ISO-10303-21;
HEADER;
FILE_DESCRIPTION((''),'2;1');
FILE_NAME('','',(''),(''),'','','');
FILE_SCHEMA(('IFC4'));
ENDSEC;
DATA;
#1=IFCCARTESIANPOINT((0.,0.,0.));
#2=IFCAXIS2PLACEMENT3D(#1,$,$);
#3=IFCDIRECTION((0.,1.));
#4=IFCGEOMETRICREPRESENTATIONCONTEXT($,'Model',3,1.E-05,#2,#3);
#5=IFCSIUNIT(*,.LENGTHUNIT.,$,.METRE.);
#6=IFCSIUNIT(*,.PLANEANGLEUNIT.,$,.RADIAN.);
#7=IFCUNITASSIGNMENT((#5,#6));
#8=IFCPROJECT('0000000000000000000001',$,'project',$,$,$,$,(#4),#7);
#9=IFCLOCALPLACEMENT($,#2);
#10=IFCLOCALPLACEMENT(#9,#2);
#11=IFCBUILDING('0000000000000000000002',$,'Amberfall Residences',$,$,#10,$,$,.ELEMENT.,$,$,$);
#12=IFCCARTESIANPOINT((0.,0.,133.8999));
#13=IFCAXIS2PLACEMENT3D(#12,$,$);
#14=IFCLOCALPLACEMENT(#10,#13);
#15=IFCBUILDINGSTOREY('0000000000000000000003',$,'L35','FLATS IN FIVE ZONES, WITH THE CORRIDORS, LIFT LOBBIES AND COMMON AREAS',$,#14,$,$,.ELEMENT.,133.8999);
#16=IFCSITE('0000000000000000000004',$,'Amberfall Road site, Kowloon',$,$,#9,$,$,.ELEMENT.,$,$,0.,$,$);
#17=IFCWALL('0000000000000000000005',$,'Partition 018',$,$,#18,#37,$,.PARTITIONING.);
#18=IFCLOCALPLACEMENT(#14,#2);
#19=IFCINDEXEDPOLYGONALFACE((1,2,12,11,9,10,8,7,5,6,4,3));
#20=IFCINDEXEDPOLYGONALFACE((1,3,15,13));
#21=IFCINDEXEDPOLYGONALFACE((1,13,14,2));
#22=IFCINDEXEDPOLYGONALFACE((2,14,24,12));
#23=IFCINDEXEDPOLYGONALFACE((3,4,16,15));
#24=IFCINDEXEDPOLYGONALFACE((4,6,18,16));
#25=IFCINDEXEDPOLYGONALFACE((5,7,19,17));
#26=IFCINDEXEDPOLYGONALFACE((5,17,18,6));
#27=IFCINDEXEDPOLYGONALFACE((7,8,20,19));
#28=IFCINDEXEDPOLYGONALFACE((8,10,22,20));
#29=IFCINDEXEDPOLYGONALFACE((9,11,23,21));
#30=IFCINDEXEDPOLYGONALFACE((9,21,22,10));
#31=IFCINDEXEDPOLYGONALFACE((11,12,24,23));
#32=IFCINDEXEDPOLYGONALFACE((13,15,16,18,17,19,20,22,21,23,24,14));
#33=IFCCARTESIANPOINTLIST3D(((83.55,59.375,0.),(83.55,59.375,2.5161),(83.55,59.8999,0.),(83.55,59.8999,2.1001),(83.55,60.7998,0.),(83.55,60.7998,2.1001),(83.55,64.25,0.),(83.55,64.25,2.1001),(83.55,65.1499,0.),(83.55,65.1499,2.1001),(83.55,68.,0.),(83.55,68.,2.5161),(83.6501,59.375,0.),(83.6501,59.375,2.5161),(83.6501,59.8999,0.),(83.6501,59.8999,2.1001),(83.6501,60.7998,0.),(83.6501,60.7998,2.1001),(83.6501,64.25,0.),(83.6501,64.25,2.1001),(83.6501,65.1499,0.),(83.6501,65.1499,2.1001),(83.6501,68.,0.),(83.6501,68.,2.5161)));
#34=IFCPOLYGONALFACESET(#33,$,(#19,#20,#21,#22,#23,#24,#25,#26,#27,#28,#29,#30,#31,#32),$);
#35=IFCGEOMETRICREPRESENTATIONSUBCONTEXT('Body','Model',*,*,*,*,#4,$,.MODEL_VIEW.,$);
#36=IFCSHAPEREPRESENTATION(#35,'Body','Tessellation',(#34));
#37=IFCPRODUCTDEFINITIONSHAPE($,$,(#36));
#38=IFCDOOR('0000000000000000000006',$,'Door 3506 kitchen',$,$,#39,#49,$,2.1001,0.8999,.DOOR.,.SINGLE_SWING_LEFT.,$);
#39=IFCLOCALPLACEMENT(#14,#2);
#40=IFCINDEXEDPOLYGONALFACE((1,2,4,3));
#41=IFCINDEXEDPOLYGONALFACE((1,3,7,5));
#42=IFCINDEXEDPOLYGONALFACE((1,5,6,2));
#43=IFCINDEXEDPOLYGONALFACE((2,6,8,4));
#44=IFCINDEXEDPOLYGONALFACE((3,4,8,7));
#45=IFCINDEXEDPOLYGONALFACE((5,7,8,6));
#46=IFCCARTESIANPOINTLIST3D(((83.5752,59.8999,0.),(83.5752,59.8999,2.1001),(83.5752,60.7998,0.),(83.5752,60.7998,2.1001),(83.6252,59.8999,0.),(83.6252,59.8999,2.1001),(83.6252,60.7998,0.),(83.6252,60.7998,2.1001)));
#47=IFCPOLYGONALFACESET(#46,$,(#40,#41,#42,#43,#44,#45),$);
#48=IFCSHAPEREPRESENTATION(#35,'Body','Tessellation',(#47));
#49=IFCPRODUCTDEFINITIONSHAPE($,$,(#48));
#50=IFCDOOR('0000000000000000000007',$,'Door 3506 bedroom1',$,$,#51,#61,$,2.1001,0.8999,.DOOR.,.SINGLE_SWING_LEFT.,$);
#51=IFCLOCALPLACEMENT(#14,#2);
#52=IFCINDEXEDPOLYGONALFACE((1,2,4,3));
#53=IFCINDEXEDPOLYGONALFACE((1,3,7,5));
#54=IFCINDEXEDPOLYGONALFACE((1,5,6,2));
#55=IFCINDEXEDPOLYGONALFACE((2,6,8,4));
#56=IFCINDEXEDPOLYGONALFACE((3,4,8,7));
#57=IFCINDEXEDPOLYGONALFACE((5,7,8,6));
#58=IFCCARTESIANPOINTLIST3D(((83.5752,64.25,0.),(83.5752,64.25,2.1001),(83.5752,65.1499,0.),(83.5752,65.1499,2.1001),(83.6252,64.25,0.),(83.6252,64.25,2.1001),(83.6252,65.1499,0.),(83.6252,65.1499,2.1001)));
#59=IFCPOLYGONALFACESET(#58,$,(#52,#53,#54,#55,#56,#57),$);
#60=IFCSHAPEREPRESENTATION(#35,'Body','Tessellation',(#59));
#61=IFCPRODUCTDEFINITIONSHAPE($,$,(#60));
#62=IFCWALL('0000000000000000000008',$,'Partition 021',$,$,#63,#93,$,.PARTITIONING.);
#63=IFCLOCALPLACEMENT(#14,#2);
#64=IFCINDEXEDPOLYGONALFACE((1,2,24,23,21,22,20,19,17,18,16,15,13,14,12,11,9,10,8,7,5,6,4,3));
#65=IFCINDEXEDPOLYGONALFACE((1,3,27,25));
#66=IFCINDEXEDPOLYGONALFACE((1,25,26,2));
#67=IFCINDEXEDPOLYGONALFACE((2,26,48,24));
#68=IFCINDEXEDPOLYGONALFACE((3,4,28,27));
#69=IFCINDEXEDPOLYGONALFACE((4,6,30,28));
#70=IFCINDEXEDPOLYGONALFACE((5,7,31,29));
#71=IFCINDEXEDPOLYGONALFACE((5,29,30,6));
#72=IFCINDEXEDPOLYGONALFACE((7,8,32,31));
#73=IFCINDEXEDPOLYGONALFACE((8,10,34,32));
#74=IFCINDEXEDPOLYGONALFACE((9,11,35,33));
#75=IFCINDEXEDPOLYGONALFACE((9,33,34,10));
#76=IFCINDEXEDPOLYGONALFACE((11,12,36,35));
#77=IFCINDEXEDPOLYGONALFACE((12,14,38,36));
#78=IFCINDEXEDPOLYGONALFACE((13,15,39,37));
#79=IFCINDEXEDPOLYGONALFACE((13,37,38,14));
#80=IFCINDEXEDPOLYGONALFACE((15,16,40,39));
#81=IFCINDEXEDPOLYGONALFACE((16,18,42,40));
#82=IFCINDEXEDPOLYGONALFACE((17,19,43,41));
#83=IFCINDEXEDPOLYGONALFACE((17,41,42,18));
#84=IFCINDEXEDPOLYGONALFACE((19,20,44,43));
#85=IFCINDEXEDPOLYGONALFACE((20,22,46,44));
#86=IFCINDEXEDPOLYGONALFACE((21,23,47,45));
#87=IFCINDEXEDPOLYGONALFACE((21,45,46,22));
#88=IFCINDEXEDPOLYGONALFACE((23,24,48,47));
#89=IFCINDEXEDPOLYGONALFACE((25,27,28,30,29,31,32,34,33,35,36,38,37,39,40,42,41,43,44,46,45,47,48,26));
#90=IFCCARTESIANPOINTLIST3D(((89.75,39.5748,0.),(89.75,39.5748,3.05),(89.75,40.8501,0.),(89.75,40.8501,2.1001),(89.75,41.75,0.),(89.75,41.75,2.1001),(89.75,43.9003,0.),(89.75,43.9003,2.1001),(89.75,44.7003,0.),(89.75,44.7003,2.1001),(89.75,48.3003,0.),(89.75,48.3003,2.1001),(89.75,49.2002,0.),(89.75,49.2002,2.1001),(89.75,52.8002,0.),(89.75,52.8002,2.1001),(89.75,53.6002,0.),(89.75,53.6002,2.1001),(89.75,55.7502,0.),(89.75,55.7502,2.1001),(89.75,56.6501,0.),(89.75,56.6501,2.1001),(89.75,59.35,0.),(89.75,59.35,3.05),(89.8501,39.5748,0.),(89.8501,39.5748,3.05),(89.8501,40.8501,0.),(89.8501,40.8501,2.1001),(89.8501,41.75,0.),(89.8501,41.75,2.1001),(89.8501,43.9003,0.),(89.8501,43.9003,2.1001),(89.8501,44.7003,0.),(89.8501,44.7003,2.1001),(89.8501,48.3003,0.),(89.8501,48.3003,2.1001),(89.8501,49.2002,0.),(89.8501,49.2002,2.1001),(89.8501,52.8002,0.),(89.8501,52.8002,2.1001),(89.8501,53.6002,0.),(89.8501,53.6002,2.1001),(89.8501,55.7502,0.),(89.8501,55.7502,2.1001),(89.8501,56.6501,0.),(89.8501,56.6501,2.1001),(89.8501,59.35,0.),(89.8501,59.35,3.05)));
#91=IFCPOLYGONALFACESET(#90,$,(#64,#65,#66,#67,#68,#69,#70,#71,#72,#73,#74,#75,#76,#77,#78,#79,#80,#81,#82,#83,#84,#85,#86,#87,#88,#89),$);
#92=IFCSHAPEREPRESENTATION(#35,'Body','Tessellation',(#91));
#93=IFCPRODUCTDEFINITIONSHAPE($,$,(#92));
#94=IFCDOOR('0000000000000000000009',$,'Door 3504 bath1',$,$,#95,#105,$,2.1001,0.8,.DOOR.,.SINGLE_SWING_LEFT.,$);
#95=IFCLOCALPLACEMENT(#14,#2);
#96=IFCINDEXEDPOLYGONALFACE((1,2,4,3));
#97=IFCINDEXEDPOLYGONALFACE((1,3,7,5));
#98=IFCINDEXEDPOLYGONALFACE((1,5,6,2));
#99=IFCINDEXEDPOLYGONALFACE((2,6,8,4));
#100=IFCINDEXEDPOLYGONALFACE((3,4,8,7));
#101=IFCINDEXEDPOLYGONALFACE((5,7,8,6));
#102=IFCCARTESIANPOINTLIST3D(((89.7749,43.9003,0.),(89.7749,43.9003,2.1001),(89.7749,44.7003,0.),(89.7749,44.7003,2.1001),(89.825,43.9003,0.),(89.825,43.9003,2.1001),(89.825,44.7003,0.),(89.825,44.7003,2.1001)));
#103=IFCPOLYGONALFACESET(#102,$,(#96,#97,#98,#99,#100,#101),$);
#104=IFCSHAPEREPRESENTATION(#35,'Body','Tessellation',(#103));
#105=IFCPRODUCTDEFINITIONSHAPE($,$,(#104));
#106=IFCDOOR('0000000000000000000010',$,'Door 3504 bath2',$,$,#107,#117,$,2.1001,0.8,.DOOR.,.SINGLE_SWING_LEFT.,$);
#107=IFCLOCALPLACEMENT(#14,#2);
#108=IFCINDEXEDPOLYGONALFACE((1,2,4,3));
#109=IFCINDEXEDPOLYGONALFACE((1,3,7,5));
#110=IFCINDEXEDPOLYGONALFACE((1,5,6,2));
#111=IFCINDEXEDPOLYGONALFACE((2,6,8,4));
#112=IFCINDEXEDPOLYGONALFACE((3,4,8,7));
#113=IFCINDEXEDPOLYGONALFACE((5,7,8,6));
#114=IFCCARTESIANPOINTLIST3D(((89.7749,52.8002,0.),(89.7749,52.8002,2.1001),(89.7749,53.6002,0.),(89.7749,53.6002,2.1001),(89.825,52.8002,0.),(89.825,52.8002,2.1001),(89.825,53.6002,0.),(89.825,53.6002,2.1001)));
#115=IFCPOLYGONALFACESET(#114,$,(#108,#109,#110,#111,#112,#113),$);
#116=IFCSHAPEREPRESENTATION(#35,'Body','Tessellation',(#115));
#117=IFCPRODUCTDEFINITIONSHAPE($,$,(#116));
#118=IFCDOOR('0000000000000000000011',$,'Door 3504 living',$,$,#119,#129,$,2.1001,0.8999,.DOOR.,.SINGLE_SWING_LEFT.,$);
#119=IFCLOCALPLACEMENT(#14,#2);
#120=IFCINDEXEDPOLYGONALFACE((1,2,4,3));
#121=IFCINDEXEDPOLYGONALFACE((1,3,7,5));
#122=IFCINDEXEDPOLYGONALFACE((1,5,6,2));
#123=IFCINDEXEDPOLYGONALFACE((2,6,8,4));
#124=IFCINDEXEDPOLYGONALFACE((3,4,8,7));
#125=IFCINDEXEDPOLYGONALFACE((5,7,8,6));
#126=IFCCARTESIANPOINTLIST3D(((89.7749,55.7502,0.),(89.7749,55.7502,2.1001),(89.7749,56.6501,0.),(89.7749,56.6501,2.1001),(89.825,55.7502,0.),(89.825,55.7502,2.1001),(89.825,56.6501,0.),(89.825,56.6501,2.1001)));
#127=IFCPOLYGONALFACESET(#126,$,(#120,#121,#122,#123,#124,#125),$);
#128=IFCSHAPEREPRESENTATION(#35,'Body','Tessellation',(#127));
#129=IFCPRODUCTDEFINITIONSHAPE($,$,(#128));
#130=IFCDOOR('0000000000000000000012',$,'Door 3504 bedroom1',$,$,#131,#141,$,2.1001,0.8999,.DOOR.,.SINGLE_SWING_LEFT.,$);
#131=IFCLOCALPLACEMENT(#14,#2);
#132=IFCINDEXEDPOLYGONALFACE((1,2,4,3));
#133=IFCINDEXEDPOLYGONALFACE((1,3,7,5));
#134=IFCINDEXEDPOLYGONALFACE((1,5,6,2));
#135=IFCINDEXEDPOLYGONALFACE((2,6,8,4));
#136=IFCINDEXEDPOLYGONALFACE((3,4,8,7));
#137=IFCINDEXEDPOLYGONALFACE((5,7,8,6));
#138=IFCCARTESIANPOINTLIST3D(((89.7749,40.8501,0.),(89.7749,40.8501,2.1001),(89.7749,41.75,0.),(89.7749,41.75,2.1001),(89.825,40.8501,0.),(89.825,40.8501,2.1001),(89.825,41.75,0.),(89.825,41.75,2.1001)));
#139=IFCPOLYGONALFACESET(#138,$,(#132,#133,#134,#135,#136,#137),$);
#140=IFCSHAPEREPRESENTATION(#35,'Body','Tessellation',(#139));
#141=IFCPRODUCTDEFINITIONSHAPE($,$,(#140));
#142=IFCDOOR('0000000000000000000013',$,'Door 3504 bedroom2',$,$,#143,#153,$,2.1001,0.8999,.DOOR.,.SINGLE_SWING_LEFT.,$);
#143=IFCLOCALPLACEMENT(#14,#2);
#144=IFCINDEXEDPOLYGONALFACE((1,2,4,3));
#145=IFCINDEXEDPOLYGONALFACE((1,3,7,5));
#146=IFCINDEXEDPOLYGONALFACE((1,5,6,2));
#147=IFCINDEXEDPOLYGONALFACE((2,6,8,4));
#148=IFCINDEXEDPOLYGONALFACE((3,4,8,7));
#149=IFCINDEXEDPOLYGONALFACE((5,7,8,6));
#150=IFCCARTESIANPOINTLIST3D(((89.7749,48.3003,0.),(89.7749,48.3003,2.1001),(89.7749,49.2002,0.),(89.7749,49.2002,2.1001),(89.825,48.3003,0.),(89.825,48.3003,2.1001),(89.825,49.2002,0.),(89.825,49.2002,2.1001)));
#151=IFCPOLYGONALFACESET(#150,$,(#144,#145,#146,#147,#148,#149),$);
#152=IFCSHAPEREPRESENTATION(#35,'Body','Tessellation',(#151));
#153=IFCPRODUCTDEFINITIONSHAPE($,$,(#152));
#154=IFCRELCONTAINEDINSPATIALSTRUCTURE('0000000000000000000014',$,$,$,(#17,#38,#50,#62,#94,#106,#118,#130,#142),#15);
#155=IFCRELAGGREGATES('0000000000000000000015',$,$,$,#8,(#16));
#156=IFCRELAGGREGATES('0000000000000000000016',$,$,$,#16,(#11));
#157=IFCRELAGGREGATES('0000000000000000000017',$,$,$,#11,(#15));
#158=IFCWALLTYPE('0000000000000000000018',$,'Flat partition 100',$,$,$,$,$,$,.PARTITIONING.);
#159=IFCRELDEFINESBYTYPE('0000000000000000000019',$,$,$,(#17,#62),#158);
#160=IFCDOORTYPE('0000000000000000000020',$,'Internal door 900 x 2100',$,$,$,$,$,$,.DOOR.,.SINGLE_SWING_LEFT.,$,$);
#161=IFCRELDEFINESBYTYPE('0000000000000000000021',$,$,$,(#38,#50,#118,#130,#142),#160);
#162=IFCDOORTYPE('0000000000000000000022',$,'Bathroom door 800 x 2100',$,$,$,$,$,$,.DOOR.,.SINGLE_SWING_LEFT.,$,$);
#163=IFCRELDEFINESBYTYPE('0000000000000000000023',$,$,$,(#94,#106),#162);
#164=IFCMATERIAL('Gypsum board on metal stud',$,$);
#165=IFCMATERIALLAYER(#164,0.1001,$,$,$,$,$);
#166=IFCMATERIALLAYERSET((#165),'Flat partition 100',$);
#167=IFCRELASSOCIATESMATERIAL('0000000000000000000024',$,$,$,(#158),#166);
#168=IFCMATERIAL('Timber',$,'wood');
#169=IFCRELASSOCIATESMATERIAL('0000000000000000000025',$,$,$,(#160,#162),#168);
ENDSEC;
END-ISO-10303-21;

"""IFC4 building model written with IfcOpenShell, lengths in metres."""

from ifc_helpers import new_model, si_unit, direction, frame, frame_2d, origin, place, context, subcontext, project, spatial, rectangle, extrude, material, layer, layer_set, type_object, element, fill, save


model = new_model("IFC4")

# Units and contexts
model_context = context("Model", 3, precision=1e-05, world=origin(), true_north=direction((0.0, 1.0)))
body_context = subcontext(model_context, "Body", "Model", "MODEL_VIEW")
ifc_project = project(units=[si_unit("LENGTHUNIT", "METRE"), si_unit("PLANEANGLEUNIT", "RADIAN")], contexts=[model_context])

# Site, building, storey
site_placement = place(None, origin())
site = spatial("IfcSite", under=ifc_project, at=site_placement, Name="Amberfall Road site, Kowloon", CompositionType="ELEMENT", RefElevation=0.0)
building_placement = place(site_placement, origin())
building = spatial("IfcBuilding", under=site, at=building_placement, Name="Amberfall Residences", CompositionType="ELEMENT")
storey_placement = place(building_placement, frame((0.0, 0.0, 133.8999)))
storey = spatial("IfcBuildingStorey", under=building, at=storey_placement, Name="L35", Description="FLATS IN FIVE ZONES, WITH THE CORRIDORS, LIFT LOBBIES AND COMMON AREAS", CompositionType="ELEMENT", Elevation=133.8999)

# Walls, openings, doors
ifc_material_1 = material(Name="Gypsum board on metal stud")
ifc_layer_1 = layer(ifc_material_1, 0.1001)
ifc_layer_set_1 = layer_set([ifc_layer_1], Name="Flat partition 100")
wall_type_1 = type_object("IfcWallType", Name="Flat partition 100", PredefinedType="PARTITIONING", material=ifc_layer_set_1)
wall_1_placement = place(storey_placement, frame((83.6001, 59.375, 0.0), z_axis=(0.0, 0.0, 1.0), x_axis=(0.0, 1.0, 0.0)))
wall_1 = element("IfcWall", 1, at=wall_1_placement, inside=storey, type_object=wall_type_1, Name="Partition 018", PredefinedType="PARTITIONING", context=body_context, shape_type="SweptSolid", body=[
    extrude(rectangle(XDim=8.625, YDim=0.1001, at=frame_2d((4.3125, 0.0))), origin(), (0.0, 0.0, 1.0), 2.5161),
])
opening_1_placement = place(wall_1_placement, frame((0.5249, 0.0, 0.0)))
opening_1 = element("IfcOpeningElement", 2, at=opening_1_placement, cuts=wall_1, PredefinedType="OPENING", context=body_context, shape_type="SweptSolid", body=[
    extrude(rectangle(XDim=0.8999, YDim=2.1001, at=frame_2d((0.45, 1.05))), frame((0.0, 0.0601, 0.0), z_axis=(0.0, -1.0, 0.0), x_axis=(1.0, 0.0, 0.0)), (0.0, 0.0, 1.0), 0.1201),
])
opening_2_placement = place(wall_1_placement, frame((4.875, 0.0, 0.0)))
opening_2 = element("IfcOpeningElement", 3, at=opening_2_placement, cuts=wall_1, PredefinedType="OPENING", context=body_context, shape_type="SweptSolid", body=[
    extrude(rectangle(XDim=0.8999, YDim=2.1001, at=frame_2d((0.45, 1.05))), frame((0.0, 0.0601, 0.0), z_axis=(0.0, -1.0, 0.0), x_axis=(1.0, 0.0, 0.0)), (0.0, 0.0, 1.0), 0.1201),
])
ifc_material_2 = material(Name="Timber", Category="wood")
door_type_1 = type_object("IfcDoorType", Name="Internal door 900 x 2100", OperationType="SINGLE_SWING_LEFT", PredefinedType="DOOR", material=ifc_material_2)
door_1_placement = place(opening_1_placement, origin())
door_1 = element("IfcDoor", 4, at=door_1_placement, inside=storey, type_object=door_type_1, Name="Door 3506 kitchen", OperationType="SINGLE_SWING_LEFT", OverallHeight=2.1001, OverallWidth=0.8999, PredefinedType="DOOR", context=body_context, shape_type="SweptSolid", body=[
    extrude(rectangle(XDim=0.8999, YDim=2.1001, at=frame_2d((0.45, 1.05))), frame((0.0, 0.0249, 0.0), z_axis=(0.0, -1.0, 0.0), x_axis=(1.0, 0.0, 0.0)), (0.0, 0.0, 1.0), 0.05),
])
fill(opening_1, door_1)
door_2_placement = place(opening_2_placement, origin())
door_2 = element("IfcDoor", 5, at=door_2_placement, inside=storey, type_object=door_type_1, Name="Door 3506 bedroom1", OperationType="SINGLE_SWING_LEFT", OverallHeight=2.1001, OverallWidth=0.8999, PredefinedType="DOOR", context=body_context, shape_type="SweptSolid", body=[
    extrude(rectangle(XDim=0.8999, YDim=2.1001, at=frame_2d((0.45, 1.05))), frame((0.0, 0.0249, 0.0), z_axis=(0.0, -1.0, 0.0), x_axis=(1.0, 0.0, 0.0)), (0.0, 0.0, 1.0), 0.05),
])
fill(opening_2, door_2)
wall_2_placement = place(storey_placement, frame((89.8, 59.3501, 0.0), z_axis=(0.0, 0.0, 1.0), x_axis=(0.0, -1.0, 0.0)))
wall_2 = element("IfcWall", 6, at=wall_2_placement, inside=storey, type_object=wall_type_1, Name="Partition 021", PredefinedType="PARTITIONING", context=body_context, shape_type="SweptSolid", body=[
    extrude(rectangle(XDim=19.7751, YDim=0.1001, at=frame_2d((9.8877, 0.0))), origin(), (0.0, 0.0, 1.0), 3.05),
])
opening_3_placement = place(wall_2_placement, frame((2.7, 0.0, 0.0)))
opening_3 = element("IfcOpeningElement", 7, at=opening_3_placement, cuts=wall_2, PredefinedType="OPENING", context=body_context, shape_type="SweptSolid", body=[
    extrude(rectangle(XDim=0.8999, YDim=2.1001, at=frame_2d((0.45, 1.05))), frame((0.0, 0.0601, 0.0), z_axis=(0.0, -1.0, 0.0), x_axis=(1.0, 0.0, 0.0)), (0.0, 0.0, 1.0), 0.1201),
])
opening_4_placement = place(wall_2_placement, frame((17.6001, 0.0, 0.0)))
opening_4 = element("IfcOpeningElement", 8, at=opening_4_placement, cuts=wall_2, PredefinedType="OPENING", context=body_context, shape_type="SweptSolid", body=[
    extrude(rectangle(XDim=0.8999, YDim=2.1001, at=frame_2d((0.45, 1.05))), frame((0.0, 0.0601, 0.0), z_axis=(0.0, -1.0, 0.0), x_axis=(1.0, 0.0, 0.0)), (0.0, 0.0, 1.0), 0.1201),
])
opening_5_placement = place(wall_2_placement, frame((10.1499, 0.0, 0.0)))
opening_5 = element("IfcOpeningElement", 9, at=opening_5_placement, cuts=wall_2, PredefinedType="OPENING", context=body_context, shape_type="SweptSolid", body=[
    extrude(rectangle(XDim=0.8999, YDim=2.1001, at=frame_2d((0.45, 1.05))), frame((0.0, 0.0601, 0.0), z_axis=(0.0, -1.0, 0.0), x_axis=(1.0, 0.0, 0.0)), (0.0, 0.0, 1.0), 0.1201),
])
opening_6_placement = place(wall_2_placement, frame((14.6499, 0.0, 0.0)))
opening_6 = element("IfcOpeningElement", 10, at=opening_6_placement, cuts=wall_2, PredefinedType="OPENING", context=body_context, shape_type="SweptSolid", body=[
    extrude(rectangle(XDim=0.8, YDim=2.1001, at=frame_2d((0.3999, 1.05))), frame((0.0, 0.0601, 0.0), z_axis=(0.0, -1.0, 0.0), x_axis=(1.0, 0.0, 0.0)), (0.0, 0.0, 1.0), 0.1201),
])
opening_7_placement = place(wall_2_placement, frame((5.75, 0.0, 0.0)))
opening_7 = element("IfcOpeningElement", 11, at=opening_7_placement, cuts=wall_2, PredefinedType="OPENING", context=body_context, shape_type="SweptSolid", body=[
    extrude(rectangle(XDim=0.8, YDim=2.1001, at=frame_2d((0.3999, 1.05))), frame((0.0, 0.0601, 0.0), z_axis=(0.0, -1.0, 0.0), x_axis=(1.0, 0.0, 0.0)), (0.0, 0.0, 1.0), 0.1201),
])
door_type_2 = type_object("IfcDoorType", Name="Bathroom door 800 x 2100", OperationType="SINGLE_SWING_LEFT", PredefinedType="DOOR", material=ifc_material_2)
door_3_placement = place(opening_6_placement, origin())
door_3 = element("IfcDoor", 12, at=door_3_placement, inside=storey, type_object=door_type_2, Name="Door 3504 bath1", OperationType="SINGLE_SWING_LEFT", OverallHeight=2.1001, OverallWidth=0.8, PredefinedType="DOOR", context=body_context, shape_type="SweptSolid", body=[
    extrude(rectangle(XDim=0.8, YDim=2.1001, at=frame_2d((0.3999, 1.05))), frame((0.0, 0.0249, 0.0), z_axis=(0.0, -1.0, 0.0), x_axis=(1.0, 0.0, 0.0)), (0.0, 0.0, 1.0), 0.05),
])
fill(opening_6, door_3)
door_4_placement = place(opening_7_placement, origin())
door_4 = element("IfcDoor", 13, at=door_4_placement, inside=storey, type_object=door_type_2, Name="Door 3504 bath2", OperationType="SINGLE_SWING_LEFT", OverallHeight=2.1001, OverallWidth=0.8, PredefinedType="DOOR", context=body_context, shape_type="SweptSolid", body=[
    extrude(rectangle(XDim=0.8, YDim=2.1001, at=frame_2d((0.3999, 1.05))), frame((0.0, 0.0249, 0.0), z_axis=(0.0, -1.0, 0.0), x_axis=(1.0, 0.0, 0.0)), (0.0, 0.0, 1.0), 0.05),
])
fill(opening_7, door_4)
door_5_placement = place(opening_3_placement, origin())
door_5 = element("IfcDoor", 14, at=door_5_placement, inside=storey, type_object=door_type_1, Name="Door 3504 living", OperationType="SINGLE_SWING_LEFT", OverallHeight=2.1001, OverallWidth=0.8999, PredefinedType="DOOR", context=body_context, shape_type="SweptSolid", body=[
    extrude(rectangle(XDim=0.8999, YDim=2.1001, at=frame_2d((0.45, 1.05))), frame((0.0, 0.0249, 0.0), z_axis=(0.0, -1.0, 0.0), x_axis=(1.0, 0.0, 0.0)), (0.0, 0.0, 1.0), 0.05),
])
fill(opening_3, door_5)
door_6_placement = place(opening_4_placement, origin())
door_6 = element("IfcDoor", 15, at=door_6_placement, inside=storey, type_object=door_type_1, Name="Door 3504 bedroom1", OperationType="SINGLE_SWING_LEFT", OverallHeight=2.1001, OverallWidth=0.8999, PredefinedType="DOOR", context=body_context, shape_type="SweptSolid", body=[
    extrude(rectangle(XDim=0.8999, YDim=2.1001, at=frame_2d((0.45, 1.05))), frame((0.0, 0.0249, 0.0), z_axis=(0.0, -1.0, 0.0), x_axis=(1.0, 0.0, 0.0)), (0.0, 0.0, 1.0), 0.05),
])
fill(opening_4, door_6)
door_7_placement = place(opening_5_placement, origin())
door_7 = element("IfcDoor", 16, at=door_7_placement, inside=storey, type_object=door_type_1, Name="Door 3504 bedroom2", OperationType="SINGLE_SWING_LEFT", OverallHeight=2.1001, OverallWidth=0.8999, PredefinedType="DOOR", context=body_context, shape_type="SweptSolid", body=[
    extrude(rectangle(XDim=0.8999, YDim=2.1001, at=frame_2d((0.45, 1.05))), frame((0.0, 0.0249, 0.0), z_axis=(0.0, -1.0, 0.0), x_axis=(1.0, 0.0, 0.0)), (0.0, 0.0, 1.0), 0.05),
])
fill(opening_5, door_7)

save(model, "model.ifc")
